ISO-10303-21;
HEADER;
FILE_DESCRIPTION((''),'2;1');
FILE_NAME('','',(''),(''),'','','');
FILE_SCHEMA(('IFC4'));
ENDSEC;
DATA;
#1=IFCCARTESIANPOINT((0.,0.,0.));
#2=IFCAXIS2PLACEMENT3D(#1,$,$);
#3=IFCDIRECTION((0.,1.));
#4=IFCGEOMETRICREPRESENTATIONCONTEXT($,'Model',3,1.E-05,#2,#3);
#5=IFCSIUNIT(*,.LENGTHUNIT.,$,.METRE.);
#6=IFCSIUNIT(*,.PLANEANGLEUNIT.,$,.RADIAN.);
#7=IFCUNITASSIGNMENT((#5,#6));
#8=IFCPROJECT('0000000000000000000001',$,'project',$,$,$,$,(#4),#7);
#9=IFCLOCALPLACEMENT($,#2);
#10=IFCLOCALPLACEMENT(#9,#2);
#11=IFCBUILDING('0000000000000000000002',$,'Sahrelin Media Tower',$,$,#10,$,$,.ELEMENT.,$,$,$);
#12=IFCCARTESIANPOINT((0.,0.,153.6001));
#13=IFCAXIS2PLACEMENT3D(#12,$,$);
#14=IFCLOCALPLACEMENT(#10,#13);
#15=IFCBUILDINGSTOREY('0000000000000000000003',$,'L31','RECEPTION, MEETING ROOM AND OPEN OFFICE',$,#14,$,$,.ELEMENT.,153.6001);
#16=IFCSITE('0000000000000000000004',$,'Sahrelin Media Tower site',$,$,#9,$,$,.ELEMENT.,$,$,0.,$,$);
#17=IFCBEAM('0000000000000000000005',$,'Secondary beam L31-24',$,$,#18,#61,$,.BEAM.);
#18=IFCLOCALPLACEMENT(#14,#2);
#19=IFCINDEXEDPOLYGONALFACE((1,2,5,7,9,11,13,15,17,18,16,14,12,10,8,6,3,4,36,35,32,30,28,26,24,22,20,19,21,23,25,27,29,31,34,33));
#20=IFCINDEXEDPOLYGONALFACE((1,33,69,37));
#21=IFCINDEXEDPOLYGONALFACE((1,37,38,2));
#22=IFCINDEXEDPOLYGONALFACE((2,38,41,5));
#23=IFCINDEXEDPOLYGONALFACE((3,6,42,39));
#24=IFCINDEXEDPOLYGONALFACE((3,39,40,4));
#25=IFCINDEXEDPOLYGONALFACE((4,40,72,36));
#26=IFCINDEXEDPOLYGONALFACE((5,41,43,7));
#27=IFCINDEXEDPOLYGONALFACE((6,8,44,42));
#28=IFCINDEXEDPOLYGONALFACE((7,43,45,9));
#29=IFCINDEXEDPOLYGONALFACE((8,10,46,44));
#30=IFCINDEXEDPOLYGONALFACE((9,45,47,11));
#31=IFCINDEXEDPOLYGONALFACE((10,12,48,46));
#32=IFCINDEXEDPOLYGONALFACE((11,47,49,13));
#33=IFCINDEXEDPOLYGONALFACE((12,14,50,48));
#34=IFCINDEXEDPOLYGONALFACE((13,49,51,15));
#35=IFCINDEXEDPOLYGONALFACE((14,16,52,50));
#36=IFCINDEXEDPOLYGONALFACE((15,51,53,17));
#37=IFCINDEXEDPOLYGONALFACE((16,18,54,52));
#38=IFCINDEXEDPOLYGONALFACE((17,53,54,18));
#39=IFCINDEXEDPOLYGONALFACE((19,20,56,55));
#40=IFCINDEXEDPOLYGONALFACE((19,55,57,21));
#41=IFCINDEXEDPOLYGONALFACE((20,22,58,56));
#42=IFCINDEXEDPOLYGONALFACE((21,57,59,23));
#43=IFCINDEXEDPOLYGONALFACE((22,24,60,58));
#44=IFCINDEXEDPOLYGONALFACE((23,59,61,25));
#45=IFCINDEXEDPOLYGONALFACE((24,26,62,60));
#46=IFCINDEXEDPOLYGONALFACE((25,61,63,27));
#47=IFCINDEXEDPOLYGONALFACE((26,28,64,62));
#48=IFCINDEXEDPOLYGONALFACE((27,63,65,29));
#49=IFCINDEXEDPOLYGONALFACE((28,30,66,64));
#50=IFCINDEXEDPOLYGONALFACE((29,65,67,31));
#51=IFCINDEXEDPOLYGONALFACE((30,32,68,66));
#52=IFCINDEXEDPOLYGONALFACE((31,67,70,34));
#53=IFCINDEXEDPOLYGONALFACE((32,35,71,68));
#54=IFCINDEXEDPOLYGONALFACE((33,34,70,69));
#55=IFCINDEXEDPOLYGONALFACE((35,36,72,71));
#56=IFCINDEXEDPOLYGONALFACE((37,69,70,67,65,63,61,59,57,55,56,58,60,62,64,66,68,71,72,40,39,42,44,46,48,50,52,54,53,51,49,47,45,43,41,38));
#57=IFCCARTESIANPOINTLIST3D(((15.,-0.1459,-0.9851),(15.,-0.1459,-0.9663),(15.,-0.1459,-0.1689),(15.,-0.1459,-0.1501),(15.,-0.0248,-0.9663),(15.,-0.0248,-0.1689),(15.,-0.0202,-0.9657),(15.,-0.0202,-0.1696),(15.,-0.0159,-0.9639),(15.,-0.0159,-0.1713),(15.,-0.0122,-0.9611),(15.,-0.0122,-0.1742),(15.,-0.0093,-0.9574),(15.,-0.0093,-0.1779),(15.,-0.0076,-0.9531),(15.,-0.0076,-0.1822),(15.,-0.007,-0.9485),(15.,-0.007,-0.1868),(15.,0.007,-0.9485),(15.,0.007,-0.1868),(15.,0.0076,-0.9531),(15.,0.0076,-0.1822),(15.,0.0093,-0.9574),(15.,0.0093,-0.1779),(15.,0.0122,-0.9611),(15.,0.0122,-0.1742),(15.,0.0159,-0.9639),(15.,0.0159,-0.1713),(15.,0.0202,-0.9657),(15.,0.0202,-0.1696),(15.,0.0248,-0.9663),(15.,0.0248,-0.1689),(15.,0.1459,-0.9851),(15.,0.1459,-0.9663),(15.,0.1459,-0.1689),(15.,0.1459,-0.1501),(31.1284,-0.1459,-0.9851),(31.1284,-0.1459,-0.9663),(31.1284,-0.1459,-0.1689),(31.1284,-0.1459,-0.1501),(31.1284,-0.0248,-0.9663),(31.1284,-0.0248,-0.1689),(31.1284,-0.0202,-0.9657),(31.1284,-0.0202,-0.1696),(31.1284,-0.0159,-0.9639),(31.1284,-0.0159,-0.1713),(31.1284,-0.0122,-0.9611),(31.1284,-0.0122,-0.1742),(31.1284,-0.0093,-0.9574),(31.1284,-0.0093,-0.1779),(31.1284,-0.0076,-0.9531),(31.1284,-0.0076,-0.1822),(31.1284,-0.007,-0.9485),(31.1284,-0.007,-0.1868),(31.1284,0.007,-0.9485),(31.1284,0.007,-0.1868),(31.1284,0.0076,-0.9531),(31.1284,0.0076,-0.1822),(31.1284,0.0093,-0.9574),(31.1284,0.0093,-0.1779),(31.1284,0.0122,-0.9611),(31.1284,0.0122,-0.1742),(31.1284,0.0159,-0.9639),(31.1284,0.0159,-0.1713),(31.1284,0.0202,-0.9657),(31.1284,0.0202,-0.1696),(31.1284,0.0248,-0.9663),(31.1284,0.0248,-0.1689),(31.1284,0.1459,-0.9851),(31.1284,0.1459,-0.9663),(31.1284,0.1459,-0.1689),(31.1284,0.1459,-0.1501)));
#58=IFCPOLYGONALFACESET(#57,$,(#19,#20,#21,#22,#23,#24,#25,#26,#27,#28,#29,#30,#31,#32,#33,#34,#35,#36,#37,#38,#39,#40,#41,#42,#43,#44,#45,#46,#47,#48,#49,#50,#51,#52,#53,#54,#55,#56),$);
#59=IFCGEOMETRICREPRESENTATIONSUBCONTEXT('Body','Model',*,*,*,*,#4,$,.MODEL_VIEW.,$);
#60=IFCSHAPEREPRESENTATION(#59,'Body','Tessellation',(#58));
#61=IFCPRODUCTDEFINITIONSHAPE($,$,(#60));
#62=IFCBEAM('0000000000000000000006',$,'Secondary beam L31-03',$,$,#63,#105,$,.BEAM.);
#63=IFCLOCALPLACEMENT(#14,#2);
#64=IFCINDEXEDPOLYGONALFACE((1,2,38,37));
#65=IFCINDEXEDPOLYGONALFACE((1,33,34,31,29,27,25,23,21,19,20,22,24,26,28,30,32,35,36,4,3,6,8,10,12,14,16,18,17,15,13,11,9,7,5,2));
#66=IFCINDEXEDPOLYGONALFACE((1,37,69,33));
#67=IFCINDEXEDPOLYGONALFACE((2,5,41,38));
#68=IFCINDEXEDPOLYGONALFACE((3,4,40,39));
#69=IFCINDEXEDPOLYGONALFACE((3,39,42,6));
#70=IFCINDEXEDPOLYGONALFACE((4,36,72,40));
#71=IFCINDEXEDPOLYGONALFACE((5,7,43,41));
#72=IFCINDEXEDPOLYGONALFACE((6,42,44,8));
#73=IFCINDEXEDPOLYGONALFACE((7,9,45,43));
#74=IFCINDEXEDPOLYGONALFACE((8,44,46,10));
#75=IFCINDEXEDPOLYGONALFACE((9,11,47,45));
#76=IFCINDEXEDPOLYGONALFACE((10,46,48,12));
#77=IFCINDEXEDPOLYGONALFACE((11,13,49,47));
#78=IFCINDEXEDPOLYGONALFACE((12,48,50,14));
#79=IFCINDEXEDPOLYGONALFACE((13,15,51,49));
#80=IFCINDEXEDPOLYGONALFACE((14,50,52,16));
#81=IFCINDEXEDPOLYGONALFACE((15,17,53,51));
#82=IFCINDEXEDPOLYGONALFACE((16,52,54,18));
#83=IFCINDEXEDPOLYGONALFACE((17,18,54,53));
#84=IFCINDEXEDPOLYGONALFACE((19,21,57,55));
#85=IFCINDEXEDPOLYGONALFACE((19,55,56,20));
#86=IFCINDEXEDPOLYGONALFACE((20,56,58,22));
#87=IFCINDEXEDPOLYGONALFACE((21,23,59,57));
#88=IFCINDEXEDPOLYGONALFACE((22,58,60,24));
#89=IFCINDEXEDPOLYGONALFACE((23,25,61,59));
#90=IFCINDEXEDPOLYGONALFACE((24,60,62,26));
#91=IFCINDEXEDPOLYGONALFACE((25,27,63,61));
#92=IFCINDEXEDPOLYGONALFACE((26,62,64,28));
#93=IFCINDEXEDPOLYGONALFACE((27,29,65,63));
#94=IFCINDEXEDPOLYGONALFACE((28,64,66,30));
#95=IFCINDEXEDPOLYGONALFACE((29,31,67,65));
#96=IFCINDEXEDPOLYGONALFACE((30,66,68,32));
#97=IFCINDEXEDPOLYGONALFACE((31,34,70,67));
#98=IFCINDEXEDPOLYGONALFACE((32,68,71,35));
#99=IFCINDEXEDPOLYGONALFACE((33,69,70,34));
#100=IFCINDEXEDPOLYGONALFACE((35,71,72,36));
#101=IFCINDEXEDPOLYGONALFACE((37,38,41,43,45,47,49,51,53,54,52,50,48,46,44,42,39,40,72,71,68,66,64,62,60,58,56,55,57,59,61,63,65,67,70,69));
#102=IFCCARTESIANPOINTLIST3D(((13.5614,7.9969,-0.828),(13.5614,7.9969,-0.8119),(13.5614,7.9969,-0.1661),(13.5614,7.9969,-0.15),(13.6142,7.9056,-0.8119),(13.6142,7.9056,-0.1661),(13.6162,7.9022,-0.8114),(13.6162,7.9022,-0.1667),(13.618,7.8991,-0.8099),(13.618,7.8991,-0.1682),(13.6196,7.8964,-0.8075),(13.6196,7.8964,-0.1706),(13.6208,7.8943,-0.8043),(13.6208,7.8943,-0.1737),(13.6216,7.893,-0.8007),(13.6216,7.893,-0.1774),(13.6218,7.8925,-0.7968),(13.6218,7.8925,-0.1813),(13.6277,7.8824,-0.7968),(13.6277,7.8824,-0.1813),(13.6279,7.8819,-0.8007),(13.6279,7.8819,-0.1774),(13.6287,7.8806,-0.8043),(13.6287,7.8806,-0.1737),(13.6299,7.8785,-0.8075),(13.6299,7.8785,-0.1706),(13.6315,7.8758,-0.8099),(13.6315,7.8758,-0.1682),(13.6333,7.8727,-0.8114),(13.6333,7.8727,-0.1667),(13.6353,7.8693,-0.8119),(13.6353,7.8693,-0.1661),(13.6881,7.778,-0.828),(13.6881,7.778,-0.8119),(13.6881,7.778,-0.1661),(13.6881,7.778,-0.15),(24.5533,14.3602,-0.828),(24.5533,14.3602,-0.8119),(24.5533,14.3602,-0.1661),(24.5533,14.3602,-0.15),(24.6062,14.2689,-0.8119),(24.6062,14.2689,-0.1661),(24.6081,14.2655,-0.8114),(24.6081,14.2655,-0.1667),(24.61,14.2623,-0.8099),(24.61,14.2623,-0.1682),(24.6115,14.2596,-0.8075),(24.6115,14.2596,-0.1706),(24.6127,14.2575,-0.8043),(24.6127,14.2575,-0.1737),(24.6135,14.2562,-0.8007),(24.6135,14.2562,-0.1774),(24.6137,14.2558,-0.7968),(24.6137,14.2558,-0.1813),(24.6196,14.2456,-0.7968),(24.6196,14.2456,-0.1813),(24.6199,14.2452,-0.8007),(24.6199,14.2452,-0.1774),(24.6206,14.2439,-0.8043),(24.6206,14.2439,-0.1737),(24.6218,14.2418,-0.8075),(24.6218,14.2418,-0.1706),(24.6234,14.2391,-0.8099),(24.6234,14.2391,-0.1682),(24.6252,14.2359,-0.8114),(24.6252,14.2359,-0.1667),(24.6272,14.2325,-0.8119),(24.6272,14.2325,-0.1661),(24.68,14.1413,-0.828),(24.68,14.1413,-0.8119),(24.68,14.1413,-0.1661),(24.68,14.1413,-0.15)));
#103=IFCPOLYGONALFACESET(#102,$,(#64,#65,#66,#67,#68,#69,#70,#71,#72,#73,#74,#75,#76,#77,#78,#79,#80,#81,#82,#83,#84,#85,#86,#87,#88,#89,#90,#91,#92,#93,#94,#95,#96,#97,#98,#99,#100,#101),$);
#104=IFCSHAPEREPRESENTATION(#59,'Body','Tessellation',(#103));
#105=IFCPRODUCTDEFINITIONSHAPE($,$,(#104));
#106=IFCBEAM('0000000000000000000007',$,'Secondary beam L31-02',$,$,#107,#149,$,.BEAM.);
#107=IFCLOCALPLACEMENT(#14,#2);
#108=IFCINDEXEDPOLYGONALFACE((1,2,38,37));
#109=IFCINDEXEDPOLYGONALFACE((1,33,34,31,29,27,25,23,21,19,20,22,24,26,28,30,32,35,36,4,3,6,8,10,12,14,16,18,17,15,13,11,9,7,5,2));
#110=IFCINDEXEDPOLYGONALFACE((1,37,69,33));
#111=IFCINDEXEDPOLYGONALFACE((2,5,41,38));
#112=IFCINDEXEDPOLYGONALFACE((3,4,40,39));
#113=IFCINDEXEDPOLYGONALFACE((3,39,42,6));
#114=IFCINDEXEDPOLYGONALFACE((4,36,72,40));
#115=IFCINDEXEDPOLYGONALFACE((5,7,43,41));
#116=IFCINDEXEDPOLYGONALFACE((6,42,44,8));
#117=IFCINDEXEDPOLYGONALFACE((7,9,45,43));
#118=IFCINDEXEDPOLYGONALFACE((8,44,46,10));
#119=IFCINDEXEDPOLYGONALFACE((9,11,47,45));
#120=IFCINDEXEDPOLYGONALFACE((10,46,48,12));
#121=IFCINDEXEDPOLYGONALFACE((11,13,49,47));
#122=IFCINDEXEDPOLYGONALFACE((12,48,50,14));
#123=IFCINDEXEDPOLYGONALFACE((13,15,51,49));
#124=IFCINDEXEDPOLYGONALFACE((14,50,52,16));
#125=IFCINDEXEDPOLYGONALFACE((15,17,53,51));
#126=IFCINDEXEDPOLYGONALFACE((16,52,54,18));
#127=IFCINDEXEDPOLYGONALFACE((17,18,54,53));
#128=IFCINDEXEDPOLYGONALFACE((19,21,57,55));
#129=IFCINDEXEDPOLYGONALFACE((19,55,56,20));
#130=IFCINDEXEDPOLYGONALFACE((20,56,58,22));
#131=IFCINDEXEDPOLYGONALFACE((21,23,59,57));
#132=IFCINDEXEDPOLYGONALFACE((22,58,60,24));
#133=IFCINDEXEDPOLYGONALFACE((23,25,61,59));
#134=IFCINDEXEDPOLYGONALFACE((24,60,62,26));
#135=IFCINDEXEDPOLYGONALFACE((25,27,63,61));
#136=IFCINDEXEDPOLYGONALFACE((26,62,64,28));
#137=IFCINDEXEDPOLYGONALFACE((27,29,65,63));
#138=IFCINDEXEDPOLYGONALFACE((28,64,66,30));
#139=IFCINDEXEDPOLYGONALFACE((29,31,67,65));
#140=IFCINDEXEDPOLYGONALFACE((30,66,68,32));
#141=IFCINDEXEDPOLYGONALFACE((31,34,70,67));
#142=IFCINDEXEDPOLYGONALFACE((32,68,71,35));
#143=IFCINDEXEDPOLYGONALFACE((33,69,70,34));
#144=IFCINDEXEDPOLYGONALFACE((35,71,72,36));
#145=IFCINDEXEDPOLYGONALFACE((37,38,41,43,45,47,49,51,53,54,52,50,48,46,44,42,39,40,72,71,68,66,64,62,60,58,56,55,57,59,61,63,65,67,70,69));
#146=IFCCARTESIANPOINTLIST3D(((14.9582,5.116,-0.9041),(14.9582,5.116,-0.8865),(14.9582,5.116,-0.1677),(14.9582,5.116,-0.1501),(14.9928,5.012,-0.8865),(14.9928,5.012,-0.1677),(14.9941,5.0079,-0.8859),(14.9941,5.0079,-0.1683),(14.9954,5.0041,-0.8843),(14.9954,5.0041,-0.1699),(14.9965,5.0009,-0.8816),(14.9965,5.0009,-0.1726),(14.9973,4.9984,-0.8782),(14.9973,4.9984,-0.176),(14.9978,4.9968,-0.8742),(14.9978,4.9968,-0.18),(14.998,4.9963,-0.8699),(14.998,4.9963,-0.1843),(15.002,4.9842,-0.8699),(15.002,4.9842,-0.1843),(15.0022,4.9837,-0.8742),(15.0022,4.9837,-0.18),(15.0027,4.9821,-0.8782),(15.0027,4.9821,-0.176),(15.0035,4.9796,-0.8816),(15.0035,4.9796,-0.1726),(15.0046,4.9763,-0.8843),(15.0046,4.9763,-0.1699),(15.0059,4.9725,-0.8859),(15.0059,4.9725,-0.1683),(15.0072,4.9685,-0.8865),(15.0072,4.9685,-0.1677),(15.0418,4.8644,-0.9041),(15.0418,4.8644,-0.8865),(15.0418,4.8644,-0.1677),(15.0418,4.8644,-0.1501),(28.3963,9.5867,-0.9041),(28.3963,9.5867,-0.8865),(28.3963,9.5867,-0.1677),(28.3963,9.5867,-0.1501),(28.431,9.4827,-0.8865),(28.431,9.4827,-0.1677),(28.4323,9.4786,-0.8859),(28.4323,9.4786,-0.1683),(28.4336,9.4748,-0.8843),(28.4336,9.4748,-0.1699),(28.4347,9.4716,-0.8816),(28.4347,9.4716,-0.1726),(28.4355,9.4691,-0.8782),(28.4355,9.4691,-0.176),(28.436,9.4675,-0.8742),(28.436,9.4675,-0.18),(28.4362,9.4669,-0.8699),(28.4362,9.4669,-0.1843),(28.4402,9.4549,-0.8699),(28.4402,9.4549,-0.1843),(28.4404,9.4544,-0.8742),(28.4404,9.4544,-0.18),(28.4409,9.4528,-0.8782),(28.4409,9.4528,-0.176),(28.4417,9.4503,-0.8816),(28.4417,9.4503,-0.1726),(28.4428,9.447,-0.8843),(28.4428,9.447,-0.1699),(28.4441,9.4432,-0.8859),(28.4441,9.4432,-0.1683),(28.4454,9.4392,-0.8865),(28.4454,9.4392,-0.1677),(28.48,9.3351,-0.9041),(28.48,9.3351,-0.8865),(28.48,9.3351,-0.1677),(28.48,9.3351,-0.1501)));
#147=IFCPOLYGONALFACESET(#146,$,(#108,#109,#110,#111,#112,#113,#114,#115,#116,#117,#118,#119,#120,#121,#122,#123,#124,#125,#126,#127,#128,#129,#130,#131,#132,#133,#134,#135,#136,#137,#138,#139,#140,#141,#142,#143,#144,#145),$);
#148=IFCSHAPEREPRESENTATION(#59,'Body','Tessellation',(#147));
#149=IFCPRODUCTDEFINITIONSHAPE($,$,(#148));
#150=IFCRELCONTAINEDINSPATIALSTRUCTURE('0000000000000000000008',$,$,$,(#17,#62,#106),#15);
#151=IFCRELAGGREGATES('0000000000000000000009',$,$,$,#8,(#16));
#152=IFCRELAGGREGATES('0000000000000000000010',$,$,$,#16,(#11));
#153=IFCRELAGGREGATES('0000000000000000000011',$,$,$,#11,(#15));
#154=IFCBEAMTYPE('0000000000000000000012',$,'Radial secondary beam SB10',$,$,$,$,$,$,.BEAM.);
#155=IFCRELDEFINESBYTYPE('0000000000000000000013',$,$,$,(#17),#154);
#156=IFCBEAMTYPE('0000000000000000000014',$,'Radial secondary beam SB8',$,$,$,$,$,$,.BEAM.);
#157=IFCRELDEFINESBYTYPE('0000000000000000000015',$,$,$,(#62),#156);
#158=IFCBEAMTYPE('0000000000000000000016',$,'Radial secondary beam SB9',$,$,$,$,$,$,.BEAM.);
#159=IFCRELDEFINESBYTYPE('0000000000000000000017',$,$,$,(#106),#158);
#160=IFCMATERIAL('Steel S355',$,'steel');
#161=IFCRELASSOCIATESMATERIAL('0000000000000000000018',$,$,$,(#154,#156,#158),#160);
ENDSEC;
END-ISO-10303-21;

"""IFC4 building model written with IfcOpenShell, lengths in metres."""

from ifc_helpers import new_model, si_unit, direction, frame, origin, origin_2d, place, context, subcontext, project, spatial, i_section, extrude, material, material_profile, profile_set, type_object, element, save


model = new_model("IFC4")

# Units and contexts
model_context = context("Model", 3, precision=1e-05, world=origin(), true_north=direction((0.0, 1.0)))
body_context = subcontext(model_context, "Body", "Model", "MODEL_VIEW")
ifc_project = project(units=[si_unit("LENGTHUNIT", "METRE"), si_unit("PLANEANGLEUNIT", "RADIAN")], contexts=[model_context])

# Site, building, storey
site_placement = place(None, origin())
site = spatial("IfcSite", under=ifc_project, at=site_placement, Name="Sahrelin Media Tower site", CompositionType="ELEMENT", RefElevation=0.0)
building_placement = place(site_placement, origin())
building = spatial("IfcBuilding", under=site, at=building_placement, Name="Sahrelin Media Tower", CompositionType="ELEMENT")
storey_placement = place(building_placement, frame((0.0, 0.0, 153.6001)))
storey = spatial("IfcBuildingStorey", under=building, at=storey_placement, Name="L31", Description="RECEPTION, MEETING ROOM AND OPEN OFFICE", CompositionType="ELEMENT", Elevation=153.6001)

# Beams
ifc_material_1 = material(Name="Steel S355", Category="steel")
ifc_material_profile_1 = material_profile(ifc_material_1, i_section(OverallWidth=0.2917, OverallDepth=0.835, WebThickness=0.0139, FlangeThickness=0.0188, FilletRadius=0.0178, at=origin_2d()), Name="UB 838x292x176")
ifc_profile_set_1 = profile_set([ifc_material_profile_1], Name="Steel S355")
beam_type_1 = type_object("IfcBeamType", Name="Radial secondary beam SB10", PredefinedType="BEAM", material=ifc_profile_set_1)
beam_1_placement = place(storey_placement, frame((15.0, 0.0, -0.5676), z_axis=(1.0, 0.0, 0.0), x_axis=(0.0, 1.0, 0.0)))
element("IfcBeam", 1, at=beam_1_placement, inside=storey, type_object=beam_type_1, Name="Secondary beam L31-24", PredefinedType="BEAM", context=body_context, shape_type="SweptSolid", body=[
    extrude(i_section(OverallWidth=0.2917, OverallDepth=0.835, WebThickness=0.0139, FlangeThickness=0.0188, FilletRadius=0.0178, at=origin_2d()), origin(), (0.0, 0.0, 1.0), 16.1284),
])
ifc_material_profile_2 = material_profile(ifc_material_1, i_section(OverallWidth=0.2529, OverallDepth=0.678, WebThickness=0.0117, FlangeThickness=0.0161, FilletRadius=0.0151, at=origin_2d()), Name="UB 686x254x125")
ifc_profile_set_2 = profile_set([ifc_material_profile_2], Name="Steel S355")
beam_type_2 = type_object("IfcBeamType", Name="Radial secondary beam SB8", PredefinedType="BEAM", material=ifc_profile_set_2)
beam_2_placement = place(storey_placement, frame((13.6248, 7.8875, -0.489), z_axis=(0.865443, 0.501008, 0.0), x_axis=(-0.501008, 0.865443, 0.0)))
element("IfcBeam", 2, at=beam_2_placement, inside=storey, type_object=beam_type_2, Name="Secondary beam L31-03", PredefinedType="BEAM", context=body_context, shape_type="SweptSolid", body=[
    extrude(i_section(OverallWidth=0.2529, OverallDepth=0.678, WebThickness=0.0117, FlangeThickness=0.0161, FilletRadius=0.0151, at=origin_2d()), origin(), (0.0, 0.0, 1.0), 12.7009),
])
ifc_material_profile_3 = material_profile(ifc_material_1, i_section(OverallWidth=0.2651, OverallDepth=0.7539, WebThickness=0.0127, FlangeThickness=0.0176, FilletRadius=0.0166, at=origin_2d()), Name="UB 762x267x147")
ifc_profile_set_3 = profile_set([ifc_material_profile_3], Name="Steel S355")
beam_type_3 = type_object("IfcBeamType", Name="Radial secondary beam SB9", PredefinedType="BEAM", material=ifc_profile_set_3)
beam_3_placement = place(storey_placement, frame((15.0, 4.9902, -0.5271), z_axis=(0.948868, 0.315674, 0.0), x_axis=(-0.315674, 0.948868, 0.0)))
element("IfcBeam", 3, at=beam_3_placement, inside=storey, type_object=beam_type_3, Name="Secondary beam L31-02", PredefinedType="BEAM", context=body_context, shape_type="SweptSolid", body=[
    extrude(i_section(OverallWidth=0.2651, OverallDepth=0.7539, WebThickness=0.0127, FlangeThickness=0.0176, FilletRadius=0.0166, at=origin_2d()), origin(), (0.0, 0.0, 1.0), 14.1624),
])

save(model, "model.ifc")
